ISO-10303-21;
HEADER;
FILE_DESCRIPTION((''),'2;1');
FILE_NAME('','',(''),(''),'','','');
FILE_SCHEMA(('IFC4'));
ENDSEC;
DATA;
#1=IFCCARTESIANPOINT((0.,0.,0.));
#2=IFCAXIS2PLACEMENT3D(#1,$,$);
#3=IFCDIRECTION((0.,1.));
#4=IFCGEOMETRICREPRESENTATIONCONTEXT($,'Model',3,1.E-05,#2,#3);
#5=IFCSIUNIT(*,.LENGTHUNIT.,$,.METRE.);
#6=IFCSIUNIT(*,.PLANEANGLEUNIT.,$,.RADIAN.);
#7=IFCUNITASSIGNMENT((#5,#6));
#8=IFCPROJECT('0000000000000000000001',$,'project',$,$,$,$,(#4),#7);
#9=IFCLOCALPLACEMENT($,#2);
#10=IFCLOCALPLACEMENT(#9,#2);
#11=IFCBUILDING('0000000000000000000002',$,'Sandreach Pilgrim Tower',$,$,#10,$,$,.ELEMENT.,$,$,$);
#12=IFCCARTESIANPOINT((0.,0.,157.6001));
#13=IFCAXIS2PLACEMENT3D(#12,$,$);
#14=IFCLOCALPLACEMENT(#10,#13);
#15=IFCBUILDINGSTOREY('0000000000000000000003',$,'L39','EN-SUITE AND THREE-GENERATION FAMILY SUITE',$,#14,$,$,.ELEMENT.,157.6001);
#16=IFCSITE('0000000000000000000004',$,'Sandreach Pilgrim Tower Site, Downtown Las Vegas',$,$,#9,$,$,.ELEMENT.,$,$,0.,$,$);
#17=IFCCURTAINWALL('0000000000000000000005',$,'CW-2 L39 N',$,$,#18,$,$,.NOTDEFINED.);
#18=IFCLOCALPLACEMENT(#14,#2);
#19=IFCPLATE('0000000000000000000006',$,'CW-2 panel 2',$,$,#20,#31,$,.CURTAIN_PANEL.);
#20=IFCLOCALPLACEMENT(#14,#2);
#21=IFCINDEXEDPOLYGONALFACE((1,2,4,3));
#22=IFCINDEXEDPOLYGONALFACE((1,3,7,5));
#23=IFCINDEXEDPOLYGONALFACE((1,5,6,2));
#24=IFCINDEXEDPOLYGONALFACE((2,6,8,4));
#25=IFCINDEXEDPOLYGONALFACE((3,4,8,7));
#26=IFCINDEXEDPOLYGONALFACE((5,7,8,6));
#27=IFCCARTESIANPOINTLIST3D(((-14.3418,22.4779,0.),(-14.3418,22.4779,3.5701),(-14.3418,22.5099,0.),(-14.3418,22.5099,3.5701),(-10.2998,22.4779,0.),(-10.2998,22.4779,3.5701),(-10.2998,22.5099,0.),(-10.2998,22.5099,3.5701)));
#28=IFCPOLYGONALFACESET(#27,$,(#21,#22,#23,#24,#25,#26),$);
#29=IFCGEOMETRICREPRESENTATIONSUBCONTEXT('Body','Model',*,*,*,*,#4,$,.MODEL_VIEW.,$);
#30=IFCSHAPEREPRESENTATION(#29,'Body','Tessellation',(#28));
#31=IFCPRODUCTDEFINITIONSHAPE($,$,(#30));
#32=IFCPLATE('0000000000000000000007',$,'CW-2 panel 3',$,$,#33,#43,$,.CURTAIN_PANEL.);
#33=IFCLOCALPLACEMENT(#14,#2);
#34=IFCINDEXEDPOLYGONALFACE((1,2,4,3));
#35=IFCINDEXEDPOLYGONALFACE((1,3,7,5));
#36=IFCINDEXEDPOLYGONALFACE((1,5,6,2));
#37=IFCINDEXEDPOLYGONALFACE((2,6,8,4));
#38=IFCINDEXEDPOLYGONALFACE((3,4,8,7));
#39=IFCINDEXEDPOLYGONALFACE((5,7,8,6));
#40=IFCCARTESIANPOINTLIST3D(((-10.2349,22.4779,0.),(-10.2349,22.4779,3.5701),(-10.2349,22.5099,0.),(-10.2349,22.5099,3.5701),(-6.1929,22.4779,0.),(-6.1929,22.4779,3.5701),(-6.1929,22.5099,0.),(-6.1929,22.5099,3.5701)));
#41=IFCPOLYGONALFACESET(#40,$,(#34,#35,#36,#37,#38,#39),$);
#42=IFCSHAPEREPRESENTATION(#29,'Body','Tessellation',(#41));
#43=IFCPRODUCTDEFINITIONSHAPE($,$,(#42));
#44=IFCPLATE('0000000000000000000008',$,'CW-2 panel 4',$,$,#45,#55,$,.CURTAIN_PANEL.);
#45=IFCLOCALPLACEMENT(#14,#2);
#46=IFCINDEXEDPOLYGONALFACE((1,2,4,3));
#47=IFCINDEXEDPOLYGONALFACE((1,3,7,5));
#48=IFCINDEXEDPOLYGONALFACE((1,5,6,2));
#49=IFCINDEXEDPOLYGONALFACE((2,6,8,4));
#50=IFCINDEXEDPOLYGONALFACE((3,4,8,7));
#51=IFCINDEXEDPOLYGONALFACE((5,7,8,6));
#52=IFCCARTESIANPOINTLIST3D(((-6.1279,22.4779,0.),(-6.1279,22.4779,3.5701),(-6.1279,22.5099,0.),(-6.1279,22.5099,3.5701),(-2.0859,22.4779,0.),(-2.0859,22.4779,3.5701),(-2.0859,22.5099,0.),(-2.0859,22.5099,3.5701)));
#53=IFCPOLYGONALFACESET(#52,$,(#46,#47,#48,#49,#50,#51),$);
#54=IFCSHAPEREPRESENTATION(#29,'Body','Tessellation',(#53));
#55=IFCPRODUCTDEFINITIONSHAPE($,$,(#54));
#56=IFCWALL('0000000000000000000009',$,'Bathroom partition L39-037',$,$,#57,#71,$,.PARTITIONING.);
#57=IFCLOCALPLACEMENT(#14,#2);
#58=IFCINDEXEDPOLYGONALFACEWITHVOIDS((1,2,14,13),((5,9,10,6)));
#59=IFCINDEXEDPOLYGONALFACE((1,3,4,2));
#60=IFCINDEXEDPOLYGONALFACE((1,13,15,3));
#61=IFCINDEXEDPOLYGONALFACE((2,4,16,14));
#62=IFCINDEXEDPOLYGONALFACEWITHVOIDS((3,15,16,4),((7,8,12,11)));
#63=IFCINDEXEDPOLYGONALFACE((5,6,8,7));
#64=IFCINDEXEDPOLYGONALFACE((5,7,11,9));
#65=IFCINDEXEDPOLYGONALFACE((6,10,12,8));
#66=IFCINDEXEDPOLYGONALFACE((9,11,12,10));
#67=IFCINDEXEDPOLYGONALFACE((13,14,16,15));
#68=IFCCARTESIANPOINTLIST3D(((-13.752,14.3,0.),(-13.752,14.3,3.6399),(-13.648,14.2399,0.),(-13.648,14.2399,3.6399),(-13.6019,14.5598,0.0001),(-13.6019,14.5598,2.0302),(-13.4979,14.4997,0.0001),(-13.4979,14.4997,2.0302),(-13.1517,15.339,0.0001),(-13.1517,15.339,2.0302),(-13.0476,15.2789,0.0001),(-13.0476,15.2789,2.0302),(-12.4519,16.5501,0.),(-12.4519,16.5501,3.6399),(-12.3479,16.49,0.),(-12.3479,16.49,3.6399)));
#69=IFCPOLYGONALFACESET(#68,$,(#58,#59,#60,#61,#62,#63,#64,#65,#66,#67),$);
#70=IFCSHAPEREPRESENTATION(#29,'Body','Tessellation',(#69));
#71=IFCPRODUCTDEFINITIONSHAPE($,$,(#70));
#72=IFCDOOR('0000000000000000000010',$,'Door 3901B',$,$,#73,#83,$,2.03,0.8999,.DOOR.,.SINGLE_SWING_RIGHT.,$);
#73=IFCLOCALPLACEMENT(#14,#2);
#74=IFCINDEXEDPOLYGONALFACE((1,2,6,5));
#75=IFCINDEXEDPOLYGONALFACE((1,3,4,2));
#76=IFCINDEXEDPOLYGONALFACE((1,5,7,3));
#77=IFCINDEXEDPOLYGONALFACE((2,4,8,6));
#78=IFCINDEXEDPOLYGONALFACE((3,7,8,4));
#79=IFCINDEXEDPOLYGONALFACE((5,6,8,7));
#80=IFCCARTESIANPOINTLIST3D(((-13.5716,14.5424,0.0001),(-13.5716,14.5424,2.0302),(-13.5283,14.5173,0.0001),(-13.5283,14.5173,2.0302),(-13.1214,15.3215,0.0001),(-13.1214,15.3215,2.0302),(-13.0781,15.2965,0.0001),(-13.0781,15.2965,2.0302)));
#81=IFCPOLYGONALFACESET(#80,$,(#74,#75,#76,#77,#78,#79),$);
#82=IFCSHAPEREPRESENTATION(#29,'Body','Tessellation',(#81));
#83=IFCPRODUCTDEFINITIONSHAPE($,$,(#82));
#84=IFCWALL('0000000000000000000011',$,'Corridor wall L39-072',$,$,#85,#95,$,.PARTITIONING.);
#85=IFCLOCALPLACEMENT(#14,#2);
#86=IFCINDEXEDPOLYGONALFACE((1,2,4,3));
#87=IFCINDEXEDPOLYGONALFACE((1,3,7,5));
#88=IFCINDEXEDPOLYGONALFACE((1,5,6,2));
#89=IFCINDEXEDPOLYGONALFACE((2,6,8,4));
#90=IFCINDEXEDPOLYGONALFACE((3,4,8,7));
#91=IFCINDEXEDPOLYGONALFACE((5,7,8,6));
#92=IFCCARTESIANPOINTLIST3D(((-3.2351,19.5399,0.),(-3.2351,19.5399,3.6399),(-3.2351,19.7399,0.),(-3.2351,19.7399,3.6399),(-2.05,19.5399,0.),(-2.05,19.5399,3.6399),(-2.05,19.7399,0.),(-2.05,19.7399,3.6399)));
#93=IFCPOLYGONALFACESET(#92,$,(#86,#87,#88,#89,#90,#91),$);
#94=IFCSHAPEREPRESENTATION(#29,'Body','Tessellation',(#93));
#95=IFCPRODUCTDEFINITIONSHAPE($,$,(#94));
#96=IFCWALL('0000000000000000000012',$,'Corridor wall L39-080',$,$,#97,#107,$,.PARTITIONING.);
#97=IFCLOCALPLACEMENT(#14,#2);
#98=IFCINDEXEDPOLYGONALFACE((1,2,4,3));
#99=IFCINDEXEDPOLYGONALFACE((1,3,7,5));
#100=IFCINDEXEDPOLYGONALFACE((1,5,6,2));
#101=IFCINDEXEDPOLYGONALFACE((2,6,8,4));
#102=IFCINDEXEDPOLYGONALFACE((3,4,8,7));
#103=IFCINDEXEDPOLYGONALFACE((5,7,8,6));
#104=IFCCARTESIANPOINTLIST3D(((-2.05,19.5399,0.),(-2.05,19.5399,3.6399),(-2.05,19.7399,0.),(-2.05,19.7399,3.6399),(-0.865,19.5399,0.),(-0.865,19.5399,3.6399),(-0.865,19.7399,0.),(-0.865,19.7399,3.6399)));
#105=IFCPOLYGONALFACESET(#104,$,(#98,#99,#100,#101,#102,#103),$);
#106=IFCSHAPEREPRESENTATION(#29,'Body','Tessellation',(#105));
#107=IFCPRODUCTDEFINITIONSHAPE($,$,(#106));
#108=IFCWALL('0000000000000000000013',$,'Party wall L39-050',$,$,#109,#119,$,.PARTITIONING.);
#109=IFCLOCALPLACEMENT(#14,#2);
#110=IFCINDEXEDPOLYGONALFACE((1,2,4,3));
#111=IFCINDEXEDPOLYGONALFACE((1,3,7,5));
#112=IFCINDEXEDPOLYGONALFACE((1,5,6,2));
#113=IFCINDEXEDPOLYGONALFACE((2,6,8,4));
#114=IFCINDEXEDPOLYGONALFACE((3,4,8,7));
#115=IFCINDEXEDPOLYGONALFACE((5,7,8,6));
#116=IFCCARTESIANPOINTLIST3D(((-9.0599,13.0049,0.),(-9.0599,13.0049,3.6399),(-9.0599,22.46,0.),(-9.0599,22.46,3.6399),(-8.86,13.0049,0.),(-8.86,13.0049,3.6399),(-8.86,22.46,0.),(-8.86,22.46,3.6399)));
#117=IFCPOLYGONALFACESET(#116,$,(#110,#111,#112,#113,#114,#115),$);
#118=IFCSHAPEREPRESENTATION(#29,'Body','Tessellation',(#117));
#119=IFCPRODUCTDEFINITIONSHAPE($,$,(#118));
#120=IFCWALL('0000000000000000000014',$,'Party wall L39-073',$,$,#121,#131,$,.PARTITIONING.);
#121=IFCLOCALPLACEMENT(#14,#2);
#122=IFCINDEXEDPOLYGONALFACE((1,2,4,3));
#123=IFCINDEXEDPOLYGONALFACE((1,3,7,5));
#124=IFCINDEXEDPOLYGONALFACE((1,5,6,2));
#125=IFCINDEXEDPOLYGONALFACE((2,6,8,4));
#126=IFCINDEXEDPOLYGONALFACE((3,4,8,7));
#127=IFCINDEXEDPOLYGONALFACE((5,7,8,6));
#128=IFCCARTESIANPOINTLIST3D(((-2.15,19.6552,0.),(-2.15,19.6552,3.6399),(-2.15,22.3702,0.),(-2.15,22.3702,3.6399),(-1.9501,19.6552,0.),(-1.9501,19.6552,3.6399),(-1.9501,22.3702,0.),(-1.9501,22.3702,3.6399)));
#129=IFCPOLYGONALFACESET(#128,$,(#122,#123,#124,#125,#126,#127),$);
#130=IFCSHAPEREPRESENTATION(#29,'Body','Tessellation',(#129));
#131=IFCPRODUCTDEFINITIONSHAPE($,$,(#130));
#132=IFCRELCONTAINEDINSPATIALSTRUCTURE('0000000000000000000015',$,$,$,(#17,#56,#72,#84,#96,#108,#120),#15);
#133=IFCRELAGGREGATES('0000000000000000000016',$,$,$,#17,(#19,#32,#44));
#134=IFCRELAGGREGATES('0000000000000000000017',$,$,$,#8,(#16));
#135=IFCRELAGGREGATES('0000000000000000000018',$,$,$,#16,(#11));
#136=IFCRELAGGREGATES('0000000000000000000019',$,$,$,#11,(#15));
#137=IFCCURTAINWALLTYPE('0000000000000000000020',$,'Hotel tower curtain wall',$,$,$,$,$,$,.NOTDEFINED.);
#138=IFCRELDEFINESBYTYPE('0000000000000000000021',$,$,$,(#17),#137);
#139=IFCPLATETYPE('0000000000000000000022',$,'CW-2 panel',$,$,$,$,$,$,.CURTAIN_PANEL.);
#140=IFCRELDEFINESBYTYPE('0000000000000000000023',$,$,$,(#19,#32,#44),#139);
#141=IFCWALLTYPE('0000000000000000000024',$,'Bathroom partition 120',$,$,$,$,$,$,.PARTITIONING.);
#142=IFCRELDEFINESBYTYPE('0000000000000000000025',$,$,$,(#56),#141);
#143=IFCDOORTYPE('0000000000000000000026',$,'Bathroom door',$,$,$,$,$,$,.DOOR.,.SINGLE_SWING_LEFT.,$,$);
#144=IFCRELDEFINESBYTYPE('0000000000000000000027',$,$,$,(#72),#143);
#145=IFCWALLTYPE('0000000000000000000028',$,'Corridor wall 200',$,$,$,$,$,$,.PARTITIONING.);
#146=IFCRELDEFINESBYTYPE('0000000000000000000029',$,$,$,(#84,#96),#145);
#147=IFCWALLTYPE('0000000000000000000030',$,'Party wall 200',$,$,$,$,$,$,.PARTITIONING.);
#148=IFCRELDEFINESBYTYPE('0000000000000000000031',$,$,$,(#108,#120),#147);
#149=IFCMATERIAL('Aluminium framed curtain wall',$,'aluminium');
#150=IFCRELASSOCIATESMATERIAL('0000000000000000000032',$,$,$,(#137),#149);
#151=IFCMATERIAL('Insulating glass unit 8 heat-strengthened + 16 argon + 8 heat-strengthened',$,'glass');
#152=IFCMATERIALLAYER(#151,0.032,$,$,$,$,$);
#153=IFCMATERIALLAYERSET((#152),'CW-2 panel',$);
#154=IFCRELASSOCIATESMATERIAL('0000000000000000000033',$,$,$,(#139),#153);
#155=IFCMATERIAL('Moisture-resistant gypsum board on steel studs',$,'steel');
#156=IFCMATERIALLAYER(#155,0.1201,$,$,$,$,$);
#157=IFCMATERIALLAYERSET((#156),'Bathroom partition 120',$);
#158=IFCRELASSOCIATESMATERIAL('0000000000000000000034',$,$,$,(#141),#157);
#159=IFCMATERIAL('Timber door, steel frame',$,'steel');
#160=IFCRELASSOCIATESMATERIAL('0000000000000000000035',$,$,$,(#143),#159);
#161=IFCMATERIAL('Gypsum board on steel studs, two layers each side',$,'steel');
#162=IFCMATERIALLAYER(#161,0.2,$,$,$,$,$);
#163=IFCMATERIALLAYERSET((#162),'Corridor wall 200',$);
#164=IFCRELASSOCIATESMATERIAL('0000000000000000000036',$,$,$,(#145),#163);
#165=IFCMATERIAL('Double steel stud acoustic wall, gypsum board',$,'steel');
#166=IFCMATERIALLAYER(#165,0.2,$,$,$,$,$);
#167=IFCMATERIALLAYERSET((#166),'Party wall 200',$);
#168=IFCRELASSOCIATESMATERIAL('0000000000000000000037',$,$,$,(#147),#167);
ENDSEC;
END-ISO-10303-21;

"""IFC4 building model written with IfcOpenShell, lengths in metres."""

from ifc_helpers import new_model, si_unit, direction, frame, frame_2d, origin, origin_2d, place, context, subcontext, project, spatial, rectangle, extrude, material, layer, layer_set, type_object, element, fill, aggregate, save


model = new_model("IFC4")

# Units and contexts
model_context = context("Model", 3, precision=1e-05, world=origin(), true_north=direction((0.0, 1.0)))
body_context = subcontext(model_context, "Body", "Model", "MODEL_VIEW")
ifc_project = project(units=[si_unit("LENGTHUNIT", "METRE"), si_unit("PLANEANGLEUNIT", "RADIAN")], contexts=[model_context])

# Site, building, storey
site_placement = place(None, origin())
site = spatial("IfcSite", under=ifc_project, at=site_placement, Name="Sandreach Pilgrim Tower Site, Downtown Las Vegas", CompositionType="ELEMENT", RefElevation=0.0)
building_placement = place(site_placement, origin())
building = spatial("IfcBuilding", under=site, at=building_placement, Name="Sandreach Pilgrim Tower", CompositionType="ELEMENT")
storey_placement = place(building_placement, frame((0.0, 0.0, 157.6001)))
storey = spatial("IfcBuildingStorey", under=building, at=storey_placement, Name="L39", Description="EN-SUITE AND THREE-GENERATION FAMILY SUITE", CompositionType="ELEMENT", Elevation=157.6001)

# Curtain wall
ifc_material_1 = material(Name="Aluminium framed curtain wall", Category="aluminium")
curtain_wall_type = type_object("IfcCurtainWallType", Name="Hotel tower curtain wall", PredefinedType="NOTDEFINED", material=ifc_material_1)
curtain_wall_placement = place(storey_placement, origin())
curtain_wall = element("IfcCurtainWall", 1, at=curtain_wall_placement, inside=storey, type_object=curtain_wall_type, Name="CW-2 L39 N", PredefinedType="NOTDEFINED")

# Plates
ifc_material_2 = material(Name="Insulating glass unit 8 heat-strengthened + 16 argon + 8 heat-strengthened", Category="glass")
ifc_layer_1 = layer(ifc_material_2, 0.032)
ifc_layer_set_1 = layer_set([ifc_layer_1], Name="CW-2 panel")
plate_type = type_object("IfcPlateType", Name="CW-2 panel", PredefinedType="CURTAIN_PANEL", material=ifc_layer_set_1)
plate_1_placement = place(storey_placement, frame((-12.3208, 22.4939, 0.0), z_axis=(0.0, 0.0, 1.0), x_axis=(1.0, 0.0, 0.0)))
plate_1 = element("IfcPlate", 2, at=plate_1_placement, type_object=plate_type, Name="CW-2 panel 2", PredefinedType="CURTAIN_PANEL", context=body_context, shape_type="SweptSolid", body=[
    extrude(rectangle(XDim=4.042, YDim=0.032, at=origin_2d()), origin(), (0.0, 0.0, 1.0), 3.5701),
])
plate_2_placement = place(storey_placement, frame((-8.2139, 22.4939, 0.0), z_axis=(0.0, 0.0, 1.0), x_axis=(1.0, 0.0, 0.0)))
plate_2 = element("IfcPlate", 3, at=plate_2_placement, type_object=plate_type, Name="CW-2 panel 3", PredefinedType="CURTAIN_PANEL", context=body_context, shape_type="SweptSolid", body=[
    extrude(rectangle(XDim=4.042, YDim=0.032, at=origin_2d()), origin(), (0.0, 0.0, 1.0), 3.5701),
])
plate_3_placement = place(storey_placement, frame((-4.1069, 22.4939, 0.0), z_axis=(0.0, 0.0, 1.0), x_axis=(1.0, 0.0, 0.0)))
plate_3 = element("IfcPlate", 4, at=plate_3_placement, type_object=plate_type, Name="CW-2 panel 4", PredefinedType="CURTAIN_PANEL", context=body_context, shape_type="SweptSolid", body=[
    extrude(rectangle(XDim=4.042, YDim=0.032, at=origin_2d()), origin(), (0.0, 0.0, 1.0), 3.5701),
])
aggregate(curtain_wall, [plate_1, plate_2, plate_3])

# Wall, opening, door
ifc_material_3 = material(Name="Moisture-resistant gypsum board on steel studs", Category="steel")
ifc_layer_2 = layer(ifc_material_3, 0.1201)
ifc_layer_set_2 = layer_set([ifc_layer_2], Name="Bathroom partition 120")
wall_type_1 = type_object("IfcWallType", Name="Bathroom partition 120", PredefinedType="PARTITIONING", material=ifc_layer_set_2)
wall_1_placement = place(storey_placement, frame((-12.3999, 16.52, 0.0), z_axis=(0.0, 0.0, 1.0), x_axis=(-0.500292, -0.865857, 0.0)))
wall_1 = element("IfcWall", 5, at=wall_1_placement, inside=storey, type_object=wall_type_1, Name="Bathroom partition L39-037", PredefinedType="PARTITIONING", context=body_context, shape_type="SweptSolid", body=[
    extrude(rectangle(XDim=2.5986, YDim=0.1201, at=frame_2d((1.2993, 0.0))), origin(), (0.0, 0.0, 1.0), 3.6399),
])
opening_1_placement = place(wall_1_placement, frame((1.3987, 0.0, 0.0)))
opening_1 = element("IfcOpeningElement", 6, at=opening_1_placement, cuts=wall_1, PredefinedType="OPENING", context=body_context, shape_type="SweptSolid", body=[
    extrude(rectangle(XDim=0.8999, YDim=2.03, at=frame_2d((0.45, 1.0151))), frame((0.0, 0.0601, 0.0), z_axis=(0.0, -1.0, 0.0), x_axis=(1.0, 0.0, 0.0)), (0.0, 0.0, 1.0), 0.1201),
])
ifc_material_4 = material(Name="Timber door, steel frame", Category="steel")
door_type_1 = type_object("IfcDoorType", Name="Bathroom door", OperationType="SINGLE_SWING_LEFT", PredefinedType="DOOR", material=ifc_material_4)
door_1_placement = place(opening_1_placement, origin())
door_1 = element("IfcDoor", 7, at=door_1_placement, inside=storey, type_object=door_type_1, Name="Door 3901B", OperationType="SINGLE_SWING_RIGHT", OverallHeight=2.03, OverallWidth=0.8999, PredefinedType="DOOR", context=body_context, shape_type="SweptSolid", body=[
    extrude(rectangle(XDim=0.8999, YDim=2.03, at=frame_2d((0.45, 1.0151))), frame((0.0, 0.0249, 0.0), z_axis=(0.0, -1.0, 0.0), x_axis=(1.0, 0.0, 0.0)), (0.0, 0.0, 1.0), 0.05),
])
fill(opening_1, door_1)
ifc_material_5 = material(Name="Gypsum board on steel studs, two layers each side", Category="steel")
ifc_layer_3 = layer(ifc_material_5, 0.2)
ifc_layer_set_3 = layer_set([ifc_layer_3], Name="Corridor wall 200")
wall_type_2 = type_object("IfcWallType", Name="Corridor wall 200", PredefinedType="PARTITIONING", material=ifc_layer_set_3)

# Walls
for number, where, z_axis, x_axis, name in (
    (8, (-2.05, 19.6399, 0.0), (0.0, 0.0, 1.0), (-1.0, 0.0, 0.0), "Corridor wall L39-072"),
    (9, (-0.865, 19.6399, 0.0), (0.0, 0.0, 1.0), (-1.0, 0.0, 0.0), "Corridor wall L39-080"),
):
    element("IfcWall", number, at=place(storey_placement, frame(where, z_axis=z_axis, x_axis=x_axis)), inside=storey, type_object=wall_type_2, Name=name, PredefinedType="PARTITIONING", context=body_context, shape_type="SweptSolid", body=[
        extrude(rectangle(XDim=1.1851, YDim=0.2, at=frame_2d((0.5925, 0.0))), origin(), (0.0, 0.0, 1.0), 3.6399),
    ])
ifc_material_6 = material(Name="Double steel stud acoustic wall, gypsum board", Category="steel")
ifc_layer_4 = layer(ifc_material_6, 0.2)
ifc_layer_set_4 = layer_set([ifc_layer_4], Name="Party wall 200")
wall_type_3 = type_object("IfcWallType", Name="Party wall 200", PredefinedType="PARTITIONING", material=ifc_layer_set_4)
wall_2_placement = place(storey_placement, frame((-8.96, 22.46, 0.0), z_axis=(0.0, 0.0, 1.0), x_axis=(0.0, -1.0, 0.0)))
element("IfcWall", 10, at=wall_2_placement, inside=storey, type_object=wall_type_3, Name="Party wall L39-050", PredefinedType="PARTITIONING", context=body_context, shape_type="SweptSolid", body=[
    extrude(rectangle(XDim=9.4551, YDim=0.2, at=frame_2d((4.7275, 0.0))), origin(), (0.0, 0.0, 1.0), 3.6399),
])
wall_3_placement = place(storey_placement, frame((-2.05, 22.3701, 0.0), z_axis=(0.0, 0.0, 1.0), x_axis=(0.0, -1.0, 0.0)))
element("IfcWall", 11, at=wall_3_placement, inside=storey, type_object=wall_type_3, Name="Party wall L39-073", PredefinedType="PARTITIONING", context=body_context, shape_type="SweptSolid", body=[
    extrude(rectangle(XDim=2.7151, YDim=0.2, at=frame_2d((1.3574, 0.0))), origin(), (0.0, 0.0, 1.0), 3.6399),
])

save(model, "model.ifc")
